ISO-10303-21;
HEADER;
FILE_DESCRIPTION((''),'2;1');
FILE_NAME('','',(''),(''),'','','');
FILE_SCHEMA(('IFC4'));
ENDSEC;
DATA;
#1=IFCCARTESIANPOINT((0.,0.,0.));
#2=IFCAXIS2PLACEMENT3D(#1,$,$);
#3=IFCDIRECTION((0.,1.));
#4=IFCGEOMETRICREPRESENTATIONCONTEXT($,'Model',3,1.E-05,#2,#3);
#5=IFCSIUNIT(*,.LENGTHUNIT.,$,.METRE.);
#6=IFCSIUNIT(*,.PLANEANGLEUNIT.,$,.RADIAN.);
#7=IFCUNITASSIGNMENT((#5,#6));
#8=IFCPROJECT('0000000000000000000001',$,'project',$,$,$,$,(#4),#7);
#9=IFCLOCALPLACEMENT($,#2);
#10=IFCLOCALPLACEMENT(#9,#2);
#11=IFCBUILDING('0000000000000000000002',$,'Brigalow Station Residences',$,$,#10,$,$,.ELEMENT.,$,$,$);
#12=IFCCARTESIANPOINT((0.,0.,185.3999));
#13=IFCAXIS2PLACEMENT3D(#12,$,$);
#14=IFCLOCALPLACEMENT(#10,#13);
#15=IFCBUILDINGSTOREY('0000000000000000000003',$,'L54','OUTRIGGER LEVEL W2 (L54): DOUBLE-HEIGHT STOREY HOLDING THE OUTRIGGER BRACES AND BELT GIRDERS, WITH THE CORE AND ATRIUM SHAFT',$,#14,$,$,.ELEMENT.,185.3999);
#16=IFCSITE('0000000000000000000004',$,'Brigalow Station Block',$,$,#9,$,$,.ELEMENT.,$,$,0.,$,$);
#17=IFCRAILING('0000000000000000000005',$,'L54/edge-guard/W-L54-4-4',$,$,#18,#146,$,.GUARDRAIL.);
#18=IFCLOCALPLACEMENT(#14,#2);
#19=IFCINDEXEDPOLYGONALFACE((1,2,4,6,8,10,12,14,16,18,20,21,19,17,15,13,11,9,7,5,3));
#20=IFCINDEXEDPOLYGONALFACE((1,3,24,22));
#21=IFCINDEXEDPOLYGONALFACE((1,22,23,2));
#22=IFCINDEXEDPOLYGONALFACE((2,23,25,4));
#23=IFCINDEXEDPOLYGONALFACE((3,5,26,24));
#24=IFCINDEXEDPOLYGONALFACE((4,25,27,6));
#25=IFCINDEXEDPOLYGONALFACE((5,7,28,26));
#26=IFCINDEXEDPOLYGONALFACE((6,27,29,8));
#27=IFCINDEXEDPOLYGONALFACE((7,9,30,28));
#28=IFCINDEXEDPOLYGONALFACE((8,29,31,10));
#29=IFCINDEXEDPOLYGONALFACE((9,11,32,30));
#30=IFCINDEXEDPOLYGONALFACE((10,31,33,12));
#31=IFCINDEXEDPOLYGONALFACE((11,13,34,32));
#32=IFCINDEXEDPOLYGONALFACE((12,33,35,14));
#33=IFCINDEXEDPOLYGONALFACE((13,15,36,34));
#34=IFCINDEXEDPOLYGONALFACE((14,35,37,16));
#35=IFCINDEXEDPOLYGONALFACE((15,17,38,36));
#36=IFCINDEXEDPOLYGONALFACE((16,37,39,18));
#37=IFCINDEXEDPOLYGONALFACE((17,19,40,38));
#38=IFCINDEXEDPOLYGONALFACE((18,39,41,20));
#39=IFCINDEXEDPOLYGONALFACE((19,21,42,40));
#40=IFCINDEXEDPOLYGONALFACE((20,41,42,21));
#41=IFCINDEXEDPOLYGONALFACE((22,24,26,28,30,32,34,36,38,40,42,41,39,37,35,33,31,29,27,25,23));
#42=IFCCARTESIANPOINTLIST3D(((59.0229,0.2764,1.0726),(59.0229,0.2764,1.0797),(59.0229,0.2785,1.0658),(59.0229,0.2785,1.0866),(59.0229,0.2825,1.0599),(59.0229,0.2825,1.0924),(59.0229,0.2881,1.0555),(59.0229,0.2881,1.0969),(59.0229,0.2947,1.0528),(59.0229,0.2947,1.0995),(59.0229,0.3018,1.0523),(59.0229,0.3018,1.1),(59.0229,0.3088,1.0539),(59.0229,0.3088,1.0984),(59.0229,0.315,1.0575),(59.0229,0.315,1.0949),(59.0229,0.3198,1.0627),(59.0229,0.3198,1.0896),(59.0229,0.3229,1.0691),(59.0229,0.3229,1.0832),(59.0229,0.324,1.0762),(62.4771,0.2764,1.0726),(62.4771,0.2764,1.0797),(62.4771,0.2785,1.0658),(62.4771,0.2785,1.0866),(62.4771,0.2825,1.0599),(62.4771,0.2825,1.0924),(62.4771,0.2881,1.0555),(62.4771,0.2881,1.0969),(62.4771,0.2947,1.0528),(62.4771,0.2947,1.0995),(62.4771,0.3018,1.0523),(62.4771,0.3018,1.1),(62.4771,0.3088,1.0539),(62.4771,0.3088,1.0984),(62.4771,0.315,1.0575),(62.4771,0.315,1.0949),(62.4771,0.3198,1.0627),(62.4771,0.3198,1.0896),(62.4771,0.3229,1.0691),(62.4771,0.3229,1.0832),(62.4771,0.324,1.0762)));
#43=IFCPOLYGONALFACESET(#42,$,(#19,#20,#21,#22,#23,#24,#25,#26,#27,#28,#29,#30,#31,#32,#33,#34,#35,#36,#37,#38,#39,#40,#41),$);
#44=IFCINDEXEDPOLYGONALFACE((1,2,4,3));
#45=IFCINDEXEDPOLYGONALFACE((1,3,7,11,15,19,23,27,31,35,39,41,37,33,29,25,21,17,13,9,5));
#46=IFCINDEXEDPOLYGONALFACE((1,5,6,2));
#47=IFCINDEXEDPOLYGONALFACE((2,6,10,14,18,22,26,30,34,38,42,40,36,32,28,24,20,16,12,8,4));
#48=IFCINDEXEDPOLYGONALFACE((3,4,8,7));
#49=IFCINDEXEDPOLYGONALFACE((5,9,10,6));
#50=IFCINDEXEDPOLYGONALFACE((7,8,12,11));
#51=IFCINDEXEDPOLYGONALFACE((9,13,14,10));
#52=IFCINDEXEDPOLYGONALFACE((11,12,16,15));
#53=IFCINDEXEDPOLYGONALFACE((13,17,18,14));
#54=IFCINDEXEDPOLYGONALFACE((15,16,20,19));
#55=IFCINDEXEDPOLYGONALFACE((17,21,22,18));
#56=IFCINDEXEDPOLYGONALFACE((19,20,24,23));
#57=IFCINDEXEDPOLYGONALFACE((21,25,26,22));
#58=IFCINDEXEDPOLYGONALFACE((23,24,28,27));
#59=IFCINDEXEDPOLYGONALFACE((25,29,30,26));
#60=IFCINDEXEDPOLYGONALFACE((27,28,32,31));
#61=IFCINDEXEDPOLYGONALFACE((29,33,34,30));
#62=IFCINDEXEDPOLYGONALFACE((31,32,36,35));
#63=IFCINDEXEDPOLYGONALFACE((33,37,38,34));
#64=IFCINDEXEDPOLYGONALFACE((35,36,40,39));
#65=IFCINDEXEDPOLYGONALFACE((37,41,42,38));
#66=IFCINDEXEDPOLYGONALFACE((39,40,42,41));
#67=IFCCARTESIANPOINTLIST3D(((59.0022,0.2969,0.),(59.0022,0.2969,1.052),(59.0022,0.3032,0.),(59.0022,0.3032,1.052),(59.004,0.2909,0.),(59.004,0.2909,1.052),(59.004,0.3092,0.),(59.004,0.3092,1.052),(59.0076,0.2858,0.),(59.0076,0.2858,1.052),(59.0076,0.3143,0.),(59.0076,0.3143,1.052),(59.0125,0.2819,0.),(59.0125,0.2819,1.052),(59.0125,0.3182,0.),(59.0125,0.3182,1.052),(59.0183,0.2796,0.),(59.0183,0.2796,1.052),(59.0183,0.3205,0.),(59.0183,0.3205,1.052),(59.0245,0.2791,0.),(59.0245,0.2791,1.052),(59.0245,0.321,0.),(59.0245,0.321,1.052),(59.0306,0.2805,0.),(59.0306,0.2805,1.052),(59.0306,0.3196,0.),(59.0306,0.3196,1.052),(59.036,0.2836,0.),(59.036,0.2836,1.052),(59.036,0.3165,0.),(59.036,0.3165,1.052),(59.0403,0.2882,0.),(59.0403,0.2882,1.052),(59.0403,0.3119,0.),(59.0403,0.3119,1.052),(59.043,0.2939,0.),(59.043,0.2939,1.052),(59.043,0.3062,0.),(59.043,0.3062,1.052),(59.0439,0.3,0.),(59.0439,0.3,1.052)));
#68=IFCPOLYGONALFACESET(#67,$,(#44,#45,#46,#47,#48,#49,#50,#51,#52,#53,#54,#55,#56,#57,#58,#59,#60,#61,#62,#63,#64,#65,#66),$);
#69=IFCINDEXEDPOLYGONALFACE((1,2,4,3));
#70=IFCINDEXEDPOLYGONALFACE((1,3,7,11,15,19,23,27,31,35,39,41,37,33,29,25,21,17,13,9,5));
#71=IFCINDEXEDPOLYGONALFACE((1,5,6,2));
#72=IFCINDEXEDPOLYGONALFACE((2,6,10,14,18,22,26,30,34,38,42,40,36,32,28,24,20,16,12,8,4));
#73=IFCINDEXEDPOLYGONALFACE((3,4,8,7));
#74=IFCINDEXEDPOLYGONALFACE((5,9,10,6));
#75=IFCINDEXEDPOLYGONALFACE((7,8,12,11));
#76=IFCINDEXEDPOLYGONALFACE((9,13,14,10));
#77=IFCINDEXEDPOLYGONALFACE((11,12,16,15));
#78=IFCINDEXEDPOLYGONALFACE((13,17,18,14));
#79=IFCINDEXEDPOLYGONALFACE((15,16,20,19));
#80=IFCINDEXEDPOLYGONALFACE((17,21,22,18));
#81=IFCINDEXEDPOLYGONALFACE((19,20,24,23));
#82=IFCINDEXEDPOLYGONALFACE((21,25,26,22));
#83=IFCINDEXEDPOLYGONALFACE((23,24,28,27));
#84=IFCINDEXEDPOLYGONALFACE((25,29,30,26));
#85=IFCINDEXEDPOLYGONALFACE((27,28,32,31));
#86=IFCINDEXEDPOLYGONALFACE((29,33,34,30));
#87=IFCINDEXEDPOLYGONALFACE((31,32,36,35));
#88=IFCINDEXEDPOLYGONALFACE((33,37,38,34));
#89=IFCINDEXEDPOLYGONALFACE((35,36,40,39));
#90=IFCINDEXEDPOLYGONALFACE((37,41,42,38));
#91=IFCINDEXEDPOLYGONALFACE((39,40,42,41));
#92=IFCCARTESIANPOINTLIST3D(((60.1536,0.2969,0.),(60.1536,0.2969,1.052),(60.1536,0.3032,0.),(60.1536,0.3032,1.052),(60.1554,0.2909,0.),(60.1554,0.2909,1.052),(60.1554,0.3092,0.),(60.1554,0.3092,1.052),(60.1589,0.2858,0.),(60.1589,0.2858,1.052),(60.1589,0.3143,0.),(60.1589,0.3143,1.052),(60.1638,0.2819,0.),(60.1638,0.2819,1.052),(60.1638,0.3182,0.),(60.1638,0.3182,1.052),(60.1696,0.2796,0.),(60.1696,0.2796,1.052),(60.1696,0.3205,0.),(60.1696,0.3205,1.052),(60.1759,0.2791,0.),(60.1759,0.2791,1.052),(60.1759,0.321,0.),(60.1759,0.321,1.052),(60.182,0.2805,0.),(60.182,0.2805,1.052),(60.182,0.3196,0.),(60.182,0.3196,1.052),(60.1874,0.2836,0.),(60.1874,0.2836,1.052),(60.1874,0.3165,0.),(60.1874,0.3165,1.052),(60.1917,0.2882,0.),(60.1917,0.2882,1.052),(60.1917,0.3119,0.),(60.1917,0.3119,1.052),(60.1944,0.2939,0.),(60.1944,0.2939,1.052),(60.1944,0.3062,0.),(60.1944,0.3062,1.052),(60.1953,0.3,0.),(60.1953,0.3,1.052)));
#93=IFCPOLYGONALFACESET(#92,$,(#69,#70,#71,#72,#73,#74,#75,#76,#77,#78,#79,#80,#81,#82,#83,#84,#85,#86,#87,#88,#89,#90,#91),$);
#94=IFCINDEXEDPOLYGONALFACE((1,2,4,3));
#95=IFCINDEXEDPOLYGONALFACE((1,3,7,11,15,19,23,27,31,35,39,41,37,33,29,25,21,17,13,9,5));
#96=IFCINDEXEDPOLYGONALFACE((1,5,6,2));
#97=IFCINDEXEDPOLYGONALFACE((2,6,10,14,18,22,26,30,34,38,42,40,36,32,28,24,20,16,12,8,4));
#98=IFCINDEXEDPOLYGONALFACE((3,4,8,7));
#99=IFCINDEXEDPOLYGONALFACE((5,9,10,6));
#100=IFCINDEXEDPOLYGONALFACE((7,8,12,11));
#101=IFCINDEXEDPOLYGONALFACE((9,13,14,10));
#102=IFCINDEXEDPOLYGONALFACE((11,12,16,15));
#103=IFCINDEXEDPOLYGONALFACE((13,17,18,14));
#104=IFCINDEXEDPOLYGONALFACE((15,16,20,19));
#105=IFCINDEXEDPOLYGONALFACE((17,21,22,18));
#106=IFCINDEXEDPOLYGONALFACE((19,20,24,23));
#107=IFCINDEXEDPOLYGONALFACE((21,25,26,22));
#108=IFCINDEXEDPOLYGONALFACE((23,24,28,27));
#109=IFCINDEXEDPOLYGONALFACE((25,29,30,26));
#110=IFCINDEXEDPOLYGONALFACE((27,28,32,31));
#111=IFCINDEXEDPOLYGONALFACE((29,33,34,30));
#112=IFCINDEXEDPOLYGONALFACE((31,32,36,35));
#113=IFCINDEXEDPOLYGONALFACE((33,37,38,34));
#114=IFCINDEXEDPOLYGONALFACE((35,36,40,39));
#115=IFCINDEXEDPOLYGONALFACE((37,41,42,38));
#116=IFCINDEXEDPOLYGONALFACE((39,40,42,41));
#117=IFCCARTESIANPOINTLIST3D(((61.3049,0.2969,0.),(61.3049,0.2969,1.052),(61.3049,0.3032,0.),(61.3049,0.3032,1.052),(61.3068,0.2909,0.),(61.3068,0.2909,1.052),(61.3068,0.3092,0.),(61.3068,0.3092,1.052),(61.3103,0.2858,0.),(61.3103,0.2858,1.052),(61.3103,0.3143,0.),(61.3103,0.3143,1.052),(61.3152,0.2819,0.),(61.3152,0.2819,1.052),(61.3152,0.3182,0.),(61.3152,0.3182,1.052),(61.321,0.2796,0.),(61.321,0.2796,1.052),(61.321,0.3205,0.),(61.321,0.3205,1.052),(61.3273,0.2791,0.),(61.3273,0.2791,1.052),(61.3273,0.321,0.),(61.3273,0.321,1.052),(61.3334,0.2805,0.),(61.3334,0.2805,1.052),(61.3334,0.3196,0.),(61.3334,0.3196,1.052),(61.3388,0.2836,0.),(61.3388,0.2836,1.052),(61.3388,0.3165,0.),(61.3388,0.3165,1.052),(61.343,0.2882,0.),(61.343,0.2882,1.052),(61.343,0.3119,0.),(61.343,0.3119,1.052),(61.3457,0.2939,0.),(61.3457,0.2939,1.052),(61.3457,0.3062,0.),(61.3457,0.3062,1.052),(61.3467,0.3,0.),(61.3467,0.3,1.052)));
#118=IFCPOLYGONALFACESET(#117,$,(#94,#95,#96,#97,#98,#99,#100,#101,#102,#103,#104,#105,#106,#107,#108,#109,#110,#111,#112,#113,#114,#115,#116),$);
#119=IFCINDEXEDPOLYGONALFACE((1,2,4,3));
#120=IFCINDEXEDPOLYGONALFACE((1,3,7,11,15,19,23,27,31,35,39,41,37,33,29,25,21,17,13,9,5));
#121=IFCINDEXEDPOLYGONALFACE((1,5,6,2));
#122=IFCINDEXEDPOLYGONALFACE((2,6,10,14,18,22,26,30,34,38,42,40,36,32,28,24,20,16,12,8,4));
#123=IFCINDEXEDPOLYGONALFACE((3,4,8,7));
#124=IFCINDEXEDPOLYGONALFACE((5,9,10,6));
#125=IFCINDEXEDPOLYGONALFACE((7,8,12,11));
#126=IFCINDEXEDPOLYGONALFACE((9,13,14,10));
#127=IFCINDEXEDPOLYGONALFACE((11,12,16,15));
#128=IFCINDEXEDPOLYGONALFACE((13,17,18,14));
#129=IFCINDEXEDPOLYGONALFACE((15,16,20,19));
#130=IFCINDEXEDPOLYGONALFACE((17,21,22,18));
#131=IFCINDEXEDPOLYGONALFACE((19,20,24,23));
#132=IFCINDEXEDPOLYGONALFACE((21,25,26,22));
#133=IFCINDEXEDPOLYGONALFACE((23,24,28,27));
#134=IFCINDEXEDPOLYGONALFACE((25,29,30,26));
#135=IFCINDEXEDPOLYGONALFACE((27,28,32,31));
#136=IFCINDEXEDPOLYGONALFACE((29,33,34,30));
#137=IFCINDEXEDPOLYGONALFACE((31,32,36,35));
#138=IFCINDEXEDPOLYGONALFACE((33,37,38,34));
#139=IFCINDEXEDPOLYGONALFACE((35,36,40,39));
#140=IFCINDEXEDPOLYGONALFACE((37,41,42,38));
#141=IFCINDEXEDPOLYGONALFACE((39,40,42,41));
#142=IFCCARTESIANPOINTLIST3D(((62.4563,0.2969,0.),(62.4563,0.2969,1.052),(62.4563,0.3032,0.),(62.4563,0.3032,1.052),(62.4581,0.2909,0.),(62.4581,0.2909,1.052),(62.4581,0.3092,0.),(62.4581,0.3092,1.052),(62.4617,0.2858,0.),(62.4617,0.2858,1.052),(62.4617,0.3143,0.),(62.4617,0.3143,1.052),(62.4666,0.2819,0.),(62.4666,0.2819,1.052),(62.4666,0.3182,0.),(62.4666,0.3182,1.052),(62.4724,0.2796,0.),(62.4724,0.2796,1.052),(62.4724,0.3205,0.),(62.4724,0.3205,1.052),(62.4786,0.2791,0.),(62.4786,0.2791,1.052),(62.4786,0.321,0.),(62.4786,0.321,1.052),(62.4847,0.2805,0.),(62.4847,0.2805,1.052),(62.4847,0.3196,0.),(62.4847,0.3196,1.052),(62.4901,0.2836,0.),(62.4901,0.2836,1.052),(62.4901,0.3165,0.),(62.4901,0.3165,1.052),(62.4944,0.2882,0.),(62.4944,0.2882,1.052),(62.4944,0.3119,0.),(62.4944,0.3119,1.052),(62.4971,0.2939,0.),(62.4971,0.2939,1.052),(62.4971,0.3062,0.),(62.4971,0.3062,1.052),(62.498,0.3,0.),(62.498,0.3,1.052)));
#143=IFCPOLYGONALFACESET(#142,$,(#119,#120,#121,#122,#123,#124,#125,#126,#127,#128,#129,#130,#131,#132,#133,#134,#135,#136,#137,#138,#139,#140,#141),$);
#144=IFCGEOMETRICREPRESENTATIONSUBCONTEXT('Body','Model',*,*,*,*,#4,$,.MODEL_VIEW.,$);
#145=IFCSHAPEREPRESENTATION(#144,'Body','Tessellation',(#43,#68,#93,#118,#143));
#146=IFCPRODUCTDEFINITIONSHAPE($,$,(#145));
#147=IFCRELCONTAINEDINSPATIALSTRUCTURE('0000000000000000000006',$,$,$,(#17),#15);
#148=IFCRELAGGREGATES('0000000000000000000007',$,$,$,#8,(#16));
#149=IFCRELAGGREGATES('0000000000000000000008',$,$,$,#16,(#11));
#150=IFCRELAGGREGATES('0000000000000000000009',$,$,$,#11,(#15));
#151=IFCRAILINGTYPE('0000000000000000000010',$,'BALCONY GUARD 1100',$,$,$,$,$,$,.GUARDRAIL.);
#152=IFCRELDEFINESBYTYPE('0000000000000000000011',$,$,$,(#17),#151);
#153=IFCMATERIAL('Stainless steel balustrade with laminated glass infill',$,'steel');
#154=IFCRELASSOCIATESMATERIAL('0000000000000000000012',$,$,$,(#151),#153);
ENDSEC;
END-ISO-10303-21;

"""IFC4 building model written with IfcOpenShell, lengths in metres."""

from ifc_helpers import new_model, si_unit, direction, frame, origin, origin_2d, place, context, subcontext, project, spatial, circle, extrude, material, type_object, element, save


model = new_model("IFC4")

# Units and contexts
model_context = context("Model", 3, precision=1e-05, world=origin(), true_north=direction((0.0, 1.0)))
body_context = subcontext(model_context, "Body", "Model", "MODEL_VIEW")
ifc_project = project(units=[si_unit("LENGTHUNIT", "METRE"), si_unit("PLANEANGLEUNIT", "RADIAN")], contexts=[model_context])

# Site, building, storey
site_placement = place(None, origin())
site = spatial("IfcSite", under=ifc_project, at=site_placement, Name="Brigalow Station Block", CompositionType="ELEMENT", RefElevation=0.0)
building_placement = place(site_placement, origin())
building = spatial("IfcBuilding", under=site, at=building_placement, Name="Brigalow Station Residences", CompositionType="ELEMENT")
storey_placement = place(building_placement, frame((0.0, 0.0, 185.3999)))
storey = spatial("IfcBuildingStorey", under=building, at=storey_placement, Name="L54", Description="OUTRIGGER LEVEL W2 (L54): DOUBLE-HEIGHT STOREY HOLDING THE OUTRIGGER BRACES AND BELT GIRDERS, WITH THE CORE AND ATRIUM SHAFT", CompositionType="ELEMENT", Elevation=185.3999)

# Railing
ifc_material_1 = material(Name="Stainless steel balustrade with laminated glass infill", Category="steel")
railing_type = type_object("IfcRailingType", Name="BALCONY GUARD 1100", PredefinedType="GUARDRAIL", material=ifc_material_1)
railing_1_placement = place(storey_placement, frame((59.0229, 0.3, 0.0)))
element("IfcRailing", 1, at=railing_1_placement, inside=storey, type_object=railing_type, Name="L54/edge-guard/W-L54-4-4", PredefinedType="GUARDRAIL", context=body_context, shape_type="SweptSolid", body=[
    extrude(circle(Radius=0.0239, at=origin_2d()), frame((0.0, 0.0, 1.0762), z_axis=(1.0, 0.0, 0.0), x_axis=(0.0, 1.0, 0.0)), (0.0, 0.0, 1.0), 3.4541),
    extrude(circle(Radius=0.021, at=origin_2d()), origin(), (0.0, 0.0, 1.0), 1.052),
    extrude(circle(Radius=0.021, at=origin_2d()), frame((1.1514, 0.0, 0.0)), (0.0, 0.0, 1.0), 1.052),
    extrude(circle(Radius=0.021, at=origin_2d()), frame((2.3027, 0.0, 0.0)), (0.0, 0.0, 1.0), 1.052),
    extrude(circle(Radius=0.021, at=origin_2d()), frame((3.4541, 0.0, 0.0)), (0.0, 0.0, 1.0), 1.052),
])

save(model, "model.ifc")
